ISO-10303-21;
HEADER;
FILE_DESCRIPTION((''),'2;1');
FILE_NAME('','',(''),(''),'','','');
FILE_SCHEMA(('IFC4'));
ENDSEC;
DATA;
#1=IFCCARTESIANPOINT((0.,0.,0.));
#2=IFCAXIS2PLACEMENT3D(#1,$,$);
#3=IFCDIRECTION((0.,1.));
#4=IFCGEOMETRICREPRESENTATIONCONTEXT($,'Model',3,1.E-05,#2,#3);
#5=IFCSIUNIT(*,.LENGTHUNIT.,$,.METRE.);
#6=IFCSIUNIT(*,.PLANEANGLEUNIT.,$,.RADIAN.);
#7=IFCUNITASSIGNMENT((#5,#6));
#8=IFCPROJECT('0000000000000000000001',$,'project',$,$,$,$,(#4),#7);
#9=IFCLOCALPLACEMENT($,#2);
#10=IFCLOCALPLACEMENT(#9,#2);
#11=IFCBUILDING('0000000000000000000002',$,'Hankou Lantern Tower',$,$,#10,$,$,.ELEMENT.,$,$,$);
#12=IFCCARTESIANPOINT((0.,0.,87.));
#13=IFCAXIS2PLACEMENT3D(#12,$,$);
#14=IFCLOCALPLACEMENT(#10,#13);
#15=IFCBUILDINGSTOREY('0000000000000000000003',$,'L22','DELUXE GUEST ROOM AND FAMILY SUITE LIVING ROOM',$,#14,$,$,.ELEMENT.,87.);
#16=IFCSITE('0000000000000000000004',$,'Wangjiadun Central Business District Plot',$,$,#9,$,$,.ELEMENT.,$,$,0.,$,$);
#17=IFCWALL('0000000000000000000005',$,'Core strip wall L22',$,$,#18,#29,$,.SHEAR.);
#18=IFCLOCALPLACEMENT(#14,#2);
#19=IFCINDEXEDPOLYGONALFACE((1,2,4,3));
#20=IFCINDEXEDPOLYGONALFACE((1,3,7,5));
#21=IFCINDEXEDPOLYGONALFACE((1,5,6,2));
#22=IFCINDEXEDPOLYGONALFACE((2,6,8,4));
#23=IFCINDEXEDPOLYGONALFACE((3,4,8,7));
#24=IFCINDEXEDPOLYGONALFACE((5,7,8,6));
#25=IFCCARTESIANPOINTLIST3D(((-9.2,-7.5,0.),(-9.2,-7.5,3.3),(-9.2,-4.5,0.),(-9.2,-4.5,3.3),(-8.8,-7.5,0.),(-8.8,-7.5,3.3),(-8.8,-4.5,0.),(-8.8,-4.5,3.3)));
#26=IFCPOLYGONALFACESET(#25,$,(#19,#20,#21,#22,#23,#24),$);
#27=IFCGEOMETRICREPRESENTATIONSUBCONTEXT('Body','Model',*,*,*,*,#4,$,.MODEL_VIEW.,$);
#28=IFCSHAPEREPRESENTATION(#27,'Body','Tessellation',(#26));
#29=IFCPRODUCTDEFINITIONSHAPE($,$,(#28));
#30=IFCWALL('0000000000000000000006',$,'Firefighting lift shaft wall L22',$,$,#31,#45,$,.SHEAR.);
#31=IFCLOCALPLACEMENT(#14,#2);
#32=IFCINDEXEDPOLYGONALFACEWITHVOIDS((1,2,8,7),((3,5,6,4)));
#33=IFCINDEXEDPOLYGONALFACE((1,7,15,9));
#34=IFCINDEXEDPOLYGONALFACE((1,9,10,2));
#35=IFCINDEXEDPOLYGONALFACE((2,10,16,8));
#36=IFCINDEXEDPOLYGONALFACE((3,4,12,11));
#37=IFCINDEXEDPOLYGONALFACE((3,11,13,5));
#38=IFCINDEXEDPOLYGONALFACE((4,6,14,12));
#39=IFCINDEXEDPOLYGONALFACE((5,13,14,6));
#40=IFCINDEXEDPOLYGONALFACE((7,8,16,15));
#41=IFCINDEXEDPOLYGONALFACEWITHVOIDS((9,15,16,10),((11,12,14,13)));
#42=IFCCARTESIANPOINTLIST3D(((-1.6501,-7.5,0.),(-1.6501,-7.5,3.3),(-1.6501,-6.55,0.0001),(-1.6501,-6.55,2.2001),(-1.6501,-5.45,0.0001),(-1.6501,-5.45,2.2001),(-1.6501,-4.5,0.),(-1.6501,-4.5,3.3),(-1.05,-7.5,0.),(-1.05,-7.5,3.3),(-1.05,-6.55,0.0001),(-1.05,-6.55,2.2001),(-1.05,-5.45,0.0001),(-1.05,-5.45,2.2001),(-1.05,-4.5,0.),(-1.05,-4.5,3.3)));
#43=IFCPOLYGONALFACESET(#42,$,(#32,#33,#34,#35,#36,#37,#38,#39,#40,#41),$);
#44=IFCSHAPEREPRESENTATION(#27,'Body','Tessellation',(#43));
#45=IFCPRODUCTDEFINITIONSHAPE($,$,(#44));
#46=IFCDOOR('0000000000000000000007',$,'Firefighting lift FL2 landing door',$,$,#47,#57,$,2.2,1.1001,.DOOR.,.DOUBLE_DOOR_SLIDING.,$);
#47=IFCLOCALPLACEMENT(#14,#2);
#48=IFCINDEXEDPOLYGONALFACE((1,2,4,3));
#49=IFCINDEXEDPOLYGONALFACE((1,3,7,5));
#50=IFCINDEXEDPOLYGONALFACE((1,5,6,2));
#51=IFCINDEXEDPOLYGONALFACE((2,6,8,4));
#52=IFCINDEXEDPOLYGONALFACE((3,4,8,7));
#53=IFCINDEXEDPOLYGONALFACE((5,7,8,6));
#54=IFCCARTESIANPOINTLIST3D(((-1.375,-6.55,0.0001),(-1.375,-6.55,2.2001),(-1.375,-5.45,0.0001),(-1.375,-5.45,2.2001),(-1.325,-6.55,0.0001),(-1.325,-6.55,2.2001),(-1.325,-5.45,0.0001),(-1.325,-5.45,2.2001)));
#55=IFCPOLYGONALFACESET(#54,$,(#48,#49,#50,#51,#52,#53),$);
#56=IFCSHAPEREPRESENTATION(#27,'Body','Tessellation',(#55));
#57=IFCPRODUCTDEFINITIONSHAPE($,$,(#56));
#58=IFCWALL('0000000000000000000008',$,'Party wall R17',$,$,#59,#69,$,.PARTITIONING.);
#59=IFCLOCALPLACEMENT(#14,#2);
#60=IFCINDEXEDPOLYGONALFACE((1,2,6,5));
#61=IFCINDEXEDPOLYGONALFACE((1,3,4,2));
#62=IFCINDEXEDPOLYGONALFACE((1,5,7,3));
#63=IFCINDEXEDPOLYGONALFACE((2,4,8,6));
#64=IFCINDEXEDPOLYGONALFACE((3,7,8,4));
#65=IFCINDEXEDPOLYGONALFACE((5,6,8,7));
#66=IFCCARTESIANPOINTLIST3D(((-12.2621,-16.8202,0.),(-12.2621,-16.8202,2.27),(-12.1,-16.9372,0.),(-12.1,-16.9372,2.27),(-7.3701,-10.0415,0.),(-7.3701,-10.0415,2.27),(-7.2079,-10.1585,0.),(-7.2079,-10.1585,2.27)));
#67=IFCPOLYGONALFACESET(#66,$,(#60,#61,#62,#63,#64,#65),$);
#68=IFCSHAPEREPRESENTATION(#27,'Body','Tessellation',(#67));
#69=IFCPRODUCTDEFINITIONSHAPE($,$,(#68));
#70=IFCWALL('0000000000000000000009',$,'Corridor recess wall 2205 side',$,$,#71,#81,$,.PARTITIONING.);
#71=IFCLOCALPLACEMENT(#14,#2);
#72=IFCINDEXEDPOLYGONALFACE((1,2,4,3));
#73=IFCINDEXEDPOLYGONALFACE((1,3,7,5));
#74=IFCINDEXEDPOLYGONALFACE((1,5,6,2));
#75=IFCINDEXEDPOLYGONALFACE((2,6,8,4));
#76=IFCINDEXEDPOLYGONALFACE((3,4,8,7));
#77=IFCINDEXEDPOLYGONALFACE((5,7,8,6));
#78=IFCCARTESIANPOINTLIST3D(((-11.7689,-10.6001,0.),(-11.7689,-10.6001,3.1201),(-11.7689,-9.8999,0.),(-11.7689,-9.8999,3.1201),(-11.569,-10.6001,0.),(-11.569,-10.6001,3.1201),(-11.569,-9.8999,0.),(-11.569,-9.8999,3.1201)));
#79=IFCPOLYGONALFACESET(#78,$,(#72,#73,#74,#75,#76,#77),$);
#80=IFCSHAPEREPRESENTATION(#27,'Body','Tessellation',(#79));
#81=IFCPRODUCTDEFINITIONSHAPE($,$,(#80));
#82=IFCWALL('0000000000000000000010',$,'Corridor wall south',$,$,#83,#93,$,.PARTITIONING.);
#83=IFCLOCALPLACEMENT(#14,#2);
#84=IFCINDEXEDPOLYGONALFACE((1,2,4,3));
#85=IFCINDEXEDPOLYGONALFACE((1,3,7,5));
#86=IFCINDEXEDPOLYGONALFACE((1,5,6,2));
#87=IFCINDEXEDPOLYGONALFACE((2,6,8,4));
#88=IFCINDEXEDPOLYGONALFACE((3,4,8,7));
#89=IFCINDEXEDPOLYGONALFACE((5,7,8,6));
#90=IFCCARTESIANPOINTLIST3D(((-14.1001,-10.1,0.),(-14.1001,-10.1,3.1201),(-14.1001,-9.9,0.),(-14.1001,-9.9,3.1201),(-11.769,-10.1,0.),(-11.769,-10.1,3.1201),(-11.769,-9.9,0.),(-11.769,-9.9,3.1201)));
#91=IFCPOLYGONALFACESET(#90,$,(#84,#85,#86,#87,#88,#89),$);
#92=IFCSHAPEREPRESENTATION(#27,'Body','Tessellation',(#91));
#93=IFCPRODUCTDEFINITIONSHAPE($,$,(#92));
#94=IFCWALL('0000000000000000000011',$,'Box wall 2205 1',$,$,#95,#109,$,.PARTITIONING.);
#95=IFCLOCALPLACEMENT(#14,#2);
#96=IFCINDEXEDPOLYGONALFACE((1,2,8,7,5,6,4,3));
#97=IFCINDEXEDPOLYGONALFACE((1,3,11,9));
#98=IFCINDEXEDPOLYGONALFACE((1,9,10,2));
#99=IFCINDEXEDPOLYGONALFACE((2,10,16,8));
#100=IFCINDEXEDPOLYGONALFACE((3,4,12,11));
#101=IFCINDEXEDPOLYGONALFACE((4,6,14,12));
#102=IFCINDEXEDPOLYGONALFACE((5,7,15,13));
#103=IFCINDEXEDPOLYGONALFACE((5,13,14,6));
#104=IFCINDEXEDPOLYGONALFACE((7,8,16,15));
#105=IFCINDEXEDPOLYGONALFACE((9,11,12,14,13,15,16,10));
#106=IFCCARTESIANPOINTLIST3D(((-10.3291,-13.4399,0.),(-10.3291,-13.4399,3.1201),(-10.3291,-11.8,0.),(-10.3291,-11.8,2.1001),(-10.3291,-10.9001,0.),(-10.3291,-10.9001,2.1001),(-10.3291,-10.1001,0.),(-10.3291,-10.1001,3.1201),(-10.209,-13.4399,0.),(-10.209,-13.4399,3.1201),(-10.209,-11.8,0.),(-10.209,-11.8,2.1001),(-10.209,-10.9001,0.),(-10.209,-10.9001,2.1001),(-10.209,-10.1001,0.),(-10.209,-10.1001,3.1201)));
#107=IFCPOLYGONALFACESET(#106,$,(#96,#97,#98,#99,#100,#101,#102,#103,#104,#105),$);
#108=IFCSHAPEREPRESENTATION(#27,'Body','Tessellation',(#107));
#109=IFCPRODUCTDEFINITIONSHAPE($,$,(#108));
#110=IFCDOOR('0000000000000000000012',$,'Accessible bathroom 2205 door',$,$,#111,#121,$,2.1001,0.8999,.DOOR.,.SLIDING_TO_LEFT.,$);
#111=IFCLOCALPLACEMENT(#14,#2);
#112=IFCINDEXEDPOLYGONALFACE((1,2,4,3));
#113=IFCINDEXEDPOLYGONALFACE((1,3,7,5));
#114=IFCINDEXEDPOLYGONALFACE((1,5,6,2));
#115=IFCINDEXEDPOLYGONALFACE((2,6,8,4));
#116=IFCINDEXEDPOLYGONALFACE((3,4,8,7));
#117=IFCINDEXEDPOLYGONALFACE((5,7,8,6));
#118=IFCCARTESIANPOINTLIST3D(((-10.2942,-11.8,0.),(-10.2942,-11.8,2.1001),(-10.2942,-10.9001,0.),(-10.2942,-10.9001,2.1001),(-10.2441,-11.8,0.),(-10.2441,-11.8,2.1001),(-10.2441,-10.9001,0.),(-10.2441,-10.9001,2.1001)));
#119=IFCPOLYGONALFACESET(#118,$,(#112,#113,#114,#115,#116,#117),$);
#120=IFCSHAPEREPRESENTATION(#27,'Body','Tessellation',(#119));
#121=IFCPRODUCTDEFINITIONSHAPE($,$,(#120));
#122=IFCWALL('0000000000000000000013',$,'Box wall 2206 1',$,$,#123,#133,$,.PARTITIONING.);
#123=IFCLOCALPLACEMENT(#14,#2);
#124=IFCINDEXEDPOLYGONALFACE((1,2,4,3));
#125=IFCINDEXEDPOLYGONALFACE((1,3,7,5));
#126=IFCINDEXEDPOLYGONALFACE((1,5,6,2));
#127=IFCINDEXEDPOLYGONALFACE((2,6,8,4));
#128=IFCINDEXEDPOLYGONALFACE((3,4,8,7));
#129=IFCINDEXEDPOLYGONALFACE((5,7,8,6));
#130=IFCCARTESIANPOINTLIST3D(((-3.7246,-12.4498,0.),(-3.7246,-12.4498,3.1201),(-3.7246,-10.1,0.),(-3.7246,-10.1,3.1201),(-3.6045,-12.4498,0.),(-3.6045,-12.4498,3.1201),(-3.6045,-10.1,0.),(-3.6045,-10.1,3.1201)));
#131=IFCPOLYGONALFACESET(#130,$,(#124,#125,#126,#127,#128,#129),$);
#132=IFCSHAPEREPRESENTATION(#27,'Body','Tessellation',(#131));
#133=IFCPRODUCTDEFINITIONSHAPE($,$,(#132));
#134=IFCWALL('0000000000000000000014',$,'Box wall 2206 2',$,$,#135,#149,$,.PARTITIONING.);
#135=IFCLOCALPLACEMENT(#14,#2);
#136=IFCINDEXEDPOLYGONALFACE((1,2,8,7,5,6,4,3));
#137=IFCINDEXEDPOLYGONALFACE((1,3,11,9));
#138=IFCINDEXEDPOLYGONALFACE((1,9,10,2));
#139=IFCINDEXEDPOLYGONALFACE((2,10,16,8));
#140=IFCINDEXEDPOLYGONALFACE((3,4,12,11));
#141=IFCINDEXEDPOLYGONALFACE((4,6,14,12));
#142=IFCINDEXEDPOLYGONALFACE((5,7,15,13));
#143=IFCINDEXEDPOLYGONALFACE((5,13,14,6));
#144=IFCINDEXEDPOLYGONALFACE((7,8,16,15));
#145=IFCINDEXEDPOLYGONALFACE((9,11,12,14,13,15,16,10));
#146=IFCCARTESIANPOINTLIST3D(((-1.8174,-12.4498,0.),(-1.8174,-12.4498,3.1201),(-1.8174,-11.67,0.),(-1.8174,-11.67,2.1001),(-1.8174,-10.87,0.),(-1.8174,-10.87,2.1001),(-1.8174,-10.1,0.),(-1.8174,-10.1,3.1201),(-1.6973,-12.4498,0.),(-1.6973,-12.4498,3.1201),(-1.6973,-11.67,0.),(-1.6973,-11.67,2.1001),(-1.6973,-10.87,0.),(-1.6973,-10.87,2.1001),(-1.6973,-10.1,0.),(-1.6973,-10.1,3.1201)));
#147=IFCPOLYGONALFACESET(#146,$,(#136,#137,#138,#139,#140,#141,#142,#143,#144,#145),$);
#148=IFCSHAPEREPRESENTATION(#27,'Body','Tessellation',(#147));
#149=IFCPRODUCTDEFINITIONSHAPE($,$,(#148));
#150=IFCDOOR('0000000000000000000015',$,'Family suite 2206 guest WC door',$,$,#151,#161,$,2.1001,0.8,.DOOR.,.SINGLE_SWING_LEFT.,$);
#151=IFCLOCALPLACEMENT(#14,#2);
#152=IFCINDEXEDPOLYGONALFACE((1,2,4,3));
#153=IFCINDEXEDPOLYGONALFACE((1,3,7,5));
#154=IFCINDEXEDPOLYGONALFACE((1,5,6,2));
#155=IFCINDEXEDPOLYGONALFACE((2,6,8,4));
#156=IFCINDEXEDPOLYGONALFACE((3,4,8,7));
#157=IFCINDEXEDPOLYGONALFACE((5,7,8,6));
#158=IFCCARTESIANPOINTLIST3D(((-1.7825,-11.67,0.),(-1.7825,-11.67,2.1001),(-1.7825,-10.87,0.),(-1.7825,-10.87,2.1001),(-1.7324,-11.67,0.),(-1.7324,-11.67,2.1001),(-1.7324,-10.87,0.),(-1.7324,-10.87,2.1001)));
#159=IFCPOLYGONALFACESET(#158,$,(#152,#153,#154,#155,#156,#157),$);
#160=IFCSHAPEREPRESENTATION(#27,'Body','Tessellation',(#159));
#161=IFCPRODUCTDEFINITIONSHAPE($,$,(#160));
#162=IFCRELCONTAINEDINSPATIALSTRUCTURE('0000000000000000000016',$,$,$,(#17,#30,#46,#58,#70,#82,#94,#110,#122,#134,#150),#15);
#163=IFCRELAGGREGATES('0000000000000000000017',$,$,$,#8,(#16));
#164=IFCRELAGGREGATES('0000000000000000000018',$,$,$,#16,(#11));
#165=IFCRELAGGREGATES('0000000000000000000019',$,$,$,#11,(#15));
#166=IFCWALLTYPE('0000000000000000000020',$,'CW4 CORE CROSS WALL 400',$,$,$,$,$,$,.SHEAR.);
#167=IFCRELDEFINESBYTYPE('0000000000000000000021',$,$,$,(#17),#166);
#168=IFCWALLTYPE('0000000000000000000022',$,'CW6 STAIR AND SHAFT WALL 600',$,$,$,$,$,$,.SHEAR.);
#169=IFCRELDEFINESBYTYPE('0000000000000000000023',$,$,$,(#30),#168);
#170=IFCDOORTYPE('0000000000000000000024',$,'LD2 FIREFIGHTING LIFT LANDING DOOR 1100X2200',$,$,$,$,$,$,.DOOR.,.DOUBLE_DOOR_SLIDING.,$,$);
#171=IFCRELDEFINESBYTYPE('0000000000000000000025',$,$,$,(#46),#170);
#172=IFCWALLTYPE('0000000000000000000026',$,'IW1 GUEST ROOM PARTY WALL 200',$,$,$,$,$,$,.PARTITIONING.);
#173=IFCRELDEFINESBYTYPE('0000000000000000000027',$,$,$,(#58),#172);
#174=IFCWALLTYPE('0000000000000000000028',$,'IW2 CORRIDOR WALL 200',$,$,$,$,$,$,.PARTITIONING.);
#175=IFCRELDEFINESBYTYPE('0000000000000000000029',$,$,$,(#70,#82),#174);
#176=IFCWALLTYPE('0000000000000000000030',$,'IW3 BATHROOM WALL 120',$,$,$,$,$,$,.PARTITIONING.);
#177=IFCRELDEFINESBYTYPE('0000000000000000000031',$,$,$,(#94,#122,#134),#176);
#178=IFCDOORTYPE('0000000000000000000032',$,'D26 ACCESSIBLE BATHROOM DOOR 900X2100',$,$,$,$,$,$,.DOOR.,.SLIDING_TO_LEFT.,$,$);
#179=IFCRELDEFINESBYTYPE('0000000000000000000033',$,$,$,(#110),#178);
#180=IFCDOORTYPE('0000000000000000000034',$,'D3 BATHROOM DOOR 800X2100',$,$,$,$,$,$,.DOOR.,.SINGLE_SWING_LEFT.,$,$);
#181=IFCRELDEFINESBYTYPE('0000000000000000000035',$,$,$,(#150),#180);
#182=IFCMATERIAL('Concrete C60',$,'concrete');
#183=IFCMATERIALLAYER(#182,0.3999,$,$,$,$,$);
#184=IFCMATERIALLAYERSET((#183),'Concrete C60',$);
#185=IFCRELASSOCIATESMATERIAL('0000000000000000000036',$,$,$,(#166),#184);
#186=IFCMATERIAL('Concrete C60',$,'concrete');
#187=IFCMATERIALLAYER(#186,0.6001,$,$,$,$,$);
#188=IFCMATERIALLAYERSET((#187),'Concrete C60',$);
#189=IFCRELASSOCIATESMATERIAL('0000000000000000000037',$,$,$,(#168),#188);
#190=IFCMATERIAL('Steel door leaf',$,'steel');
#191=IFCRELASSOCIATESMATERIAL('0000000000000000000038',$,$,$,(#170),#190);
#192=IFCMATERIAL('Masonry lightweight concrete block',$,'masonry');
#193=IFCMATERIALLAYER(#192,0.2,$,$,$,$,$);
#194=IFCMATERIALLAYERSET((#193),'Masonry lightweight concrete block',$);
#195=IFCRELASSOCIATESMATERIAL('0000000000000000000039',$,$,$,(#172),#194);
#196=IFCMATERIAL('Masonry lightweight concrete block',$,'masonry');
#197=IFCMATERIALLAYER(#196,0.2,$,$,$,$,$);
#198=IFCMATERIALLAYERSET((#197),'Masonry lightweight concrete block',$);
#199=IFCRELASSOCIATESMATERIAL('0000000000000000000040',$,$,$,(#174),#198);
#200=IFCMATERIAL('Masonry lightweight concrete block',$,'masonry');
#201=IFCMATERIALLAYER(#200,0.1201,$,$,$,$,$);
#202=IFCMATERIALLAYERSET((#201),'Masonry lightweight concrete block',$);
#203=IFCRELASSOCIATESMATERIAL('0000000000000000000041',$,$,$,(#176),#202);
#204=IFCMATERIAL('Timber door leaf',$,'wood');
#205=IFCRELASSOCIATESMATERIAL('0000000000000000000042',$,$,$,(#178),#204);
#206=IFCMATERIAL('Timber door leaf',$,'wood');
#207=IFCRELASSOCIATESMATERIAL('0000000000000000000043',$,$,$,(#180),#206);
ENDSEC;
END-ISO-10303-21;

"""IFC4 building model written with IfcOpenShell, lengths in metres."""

from ifc_helpers import new_model, si_unit, direction, frame, frame_2d, origin, place, context, subcontext, project, spatial, rectangle, extrude, material, layer, layer_set, type_object, element, fill, save


model = new_model("IFC4")

# Units and contexts
model_context = context("Model", 3, precision=1e-05, world=origin(), true_north=direction((0.0, 1.0)))
body_context = subcontext(model_context, "Body", "Model", "MODEL_VIEW")
ifc_project = project(units=[si_unit("LENGTHUNIT", "METRE"), si_unit("PLANEANGLEUNIT", "RADIAN")], contexts=[model_context])

# Site, building, storey
site_placement = place(None, origin())
site = spatial("IfcSite", under=ifc_project, at=site_placement, Name="Wangjiadun Central Business District Plot", CompositionType="ELEMENT", RefElevation=0.0)
building_placement = place(site_placement, origin())
building = spatial("IfcBuilding", under=site, at=building_placement, Name="Hankou Lantern Tower", CompositionType="ELEMENT")
storey_placement = place(building_placement, frame((0.0, 0.0, 87.0)))
storey = spatial("IfcBuildingStorey", under=building, at=storey_placement, Name="L22", Description="DELUXE GUEST ROOM AND FAMILY SUITE LIVING ROOM", CompositionType="ELEMENT", Elevation=87.0)

# Wall
ifc_material_1 = material(Name="Concrete C60", Category="concrete")
ifc_layer_1 = layer(ifc_material_1, 0.3999)
ifc_layer_set_1 = layer_set([ifc_layer_1], Name="Concrete C60")
wall_type_1 = type_object("IfcWallType", Name="CW4 CORE CROSS WALL 400", PredefinedType="SHEAR", material=ifc_layer_set_1)
wall_1_placement = place(storey_placement, frame((-9.0, -7.5, 0.0), z_axis=(0.0, 0.0, 1.0), x_axis=(0.0, 1.0, 0.0)))
element("IfcWall", 1, at=wall_1_placement, inside=storey, type_object=wall_type_1, Name="Core strip wall L22", PredefinedType="SHEAR", context=body_context, shape_type="SweptSolid", body=[
    extrude(rectangle(XDim=3.0, YDim=0.3999, at=frame_2d((1.5, 0.0))), origin(), (0.0, 0.0, 1.0), 3.3),
])

# Wall, opening, door
ifc_material_2 = material(Name="Concrete C60", Category="concrete")
ifc_layer_2 = layer(ifc_material_2, 0.6001)
ifc_layer_set_2 = layer_set([ifc_layer_2], Name="Concrete C60")
wall_type_2 = type_object("IfcWallType", Name="CW6 STAIR AND SHAFT WALL 600", PredefinedType="SHEAR", material=ifc_layer_set_2)
wall_2_placement = place(storey_placement, frame((-1.3501, -7.5, 0.0), z_axis=(0.0, 0.0, 1.0), x_axis=(0.0, 1.0, 0.0)))
wall_2 = element("IfcWall", 2, at=wall_2_placement, inside=storey, type_object=wall_type_2, Name="Firefighting lift shaft wall L22", PredefinedType="SHEAR", context=body_context, shape_type="SweptSolid", body=[
    extrude(rectangle(XDim=3.0, YDim=0.6001, at=frame_2d((1.5, 0.0))), origin(), (0.0, 0.0, 1.0), 3.3),
])
opening_1_placement = place(wall_2_placement, frame((0.95, 0.0, 0.0)))
opening_1 = element("IfcOpeningElement", 3, at=opening_1_placement, cuts=wall_2, PredefinedType="OPENING", context=body_context, shape_type="SweptSolid", body=[
    extrude(rectangle(XDim=1.1001, YDim=2.2, at=frame_2d((0.55, 1.1001))), frame((0.0, 0.3101, 0.0), z_axis=(0.0, -1.0, 0.0), x_axis=(1.0, 0.0, 0.0)), (0.0, 0.0, 1.0), 0.6201),
])
ifc_material_3 = material(Name="Steel door leaf", Category="steel")
door_type_1 = type_object("IfcDoorType", Name="LD2 FIREFIGHTING LIFT LANDING DOOR 1100X2200", OperationType="DOUBLE_DOOR_SLIDING", PredefinedType="DOOR", material=ifc_material_3)
door_1_placement = place(opening_1_placement, origin())
door_1 = element("IfcDoor", 4, at=door_1_placement, inside=storey, type_object=door_type_1, Name="Firefighting lift FL2 landing door", OperationType="DOUBLE_DOOR_SLIDING", OverallHeight=2.2, OverallWidth=1.1001, PredefinedType="DOOR", context=body_context, shape_type="SweptSolid", body=[
    extrude(rectangle(XDim=1.1001, YDim=2.2, at=frame_2d((0.55, 1.1001))), frame((0.0, 0.0249, 0.0), z_axis=(0.0, -1.0, 0.0), x_axis=(1.0, 0.0, 0.0)), (0.0, 0.0, 1.0), 0.05),
])
fill(opening_1, door_1)

# Walls
ifc_material_4 = material(Name="Masonry lightweight concrete block", Category="masonry")
ifc_layer_3 = layer(ifc_material_4, 0.2)
ifc_layer_set_3 = layer_set([ifc_layer_3], Name="Masonry lightweight concrete block")
wall_type_3 = type_object("IfcWallType", Name="IW1 GUEST ROOM PARTY WALL 200", PredefinedType="PARTITIONING", material=ifc_layer_set_3)
wall_3_placement = place(storey_placement, frame((-7.2891, -10.1001, 0.0), z_axis=(0.0, 0.0, 1.0), x_axis=(-0.585198, -0.81089, 0.0)))
element("IfcWall", 5, at=wall_3_placement, inside=storey, type_object=wall_type_3, Name="Party wall R17", PredefinedType="PARTITIONING", context=body_context, shape_type="SweptSolid", body=[
    extrude(rectangle(XDim=8.3596, YDim=0.2, at=frame_2d((4.1797, 0.0))), origin(), (0.0, 0.0, 1.0), 2.27),
])
ifc_material_5 = material(Name="Masonry lightweight concrete block", Category="masonry")
ifc_layer_4 = layer(ifc_material_5, 0.2)
ifc_layer_set_4 = layer_set([ifc_layer_4], Name="Masonry lightweight concrete block")
wall_type_4 = type_object("IfcWallType", Name="IW2 CORRIDOR WALL 200", PredefinedType="PARTITIONING", material=ifc_layer_set_4)
wall_4_placement = place(storey_placement, frame((-11.6689, -9.8999, 0.0), z_axis=(0.0, 0.0, 1.0), x_axis=(0.0, -1.0, 0.0)))
element("IfcWall", 6, at=wall_4_placement, inside=storey, type_object=wall_type_4, Name="Corridor recess wall 2205 side", PredefinedType="PARTITIONING", context=body_context, shape_type="SweptSolid", body=[
    extrude(rectangle(XDim=0.7002, YDim=0.2, at=frame_2d((0.3501, 0.0))), origin(), (0.0, 0.0, 1.0), 3.1201),
])
wall_5_placement = place(storey_placement, frame((-11.769, -10.0, 0.0), z_axis=(0.0, 0.0, 1.0), x_axis=(-1.0, 0.0, 0.0)))
element("IfcWall", 7, at=wall_5_placement, inside=storey, type_object=wall_type_4, Name="Corridor wall south", PredefinedType="PARTITIONING", context=body_context, shape_type="SweptSolid", body=[
    extrude(rectangle(XDim=2.3311, YDim=0.2, at=frame_2d((1.1655, 0.0))), origin(), (0.0, 0.0, 1.0), 3.1201),
])

# Wall, opening, door
ifc_material_6 = material(Name="Masonry lightweight concrete block", Category="masonry")
ifc_layer_5 = layer(ifc_material_6, 0.1201)
ifc_layer_set_5 = layer_set([ifc_layer_5], Name="Masonry lightweight concrete block")
wall_type_5 = type_object("IfcWallType", Name="IW3 BATHROOM WALL 120", PredefinedType="PARTITIONING", material=ifc_layer_set_5)
wall_6_placement = place(storey_placement, frame((-10.269, -10.1001, 0.0), z_axis=(0.0, 0.0, 1.0), x_axis=(0.0, -1.0, 0.0)))
wall_6 = element("IfcWall", 8, at=wall_6_placement, inside=storey, type_object=wall_type_5, Name="Box wall 2205 1", PredefinedType="PARTITIONING", context=body_context, shape_type="SweptSolid", body=[
    extrude(rectangle(XDim=3.3398, YDim=0.1201, at=frame_2d((1.6699, 0.0))), origin(), (0.0, 0.0, 1.0), 3.1201),
])
opening_2_placement = place(wall_6_placement, frame((0.8, 0.0, 0.0)))
opening_2 = element("IfcOpeningElement", 9, at=opening_2_placement, cuts=wall_6, PredefinedType="OPENING", context=body_context, shape_type="SweptSolid", body=[
    extrude(rectangle(XDim=0.8999, YDim=2.1001, at=frame_2d((0.45, 1.05))), frame((0.0, 0.0701, 0.0), z_axis=(0.0, -1.0, 0.0), x_axis=(1.0, 0.0, 0.0)), (0.0, 0.0, 1.0), 0.1401),
])
ifc_material_7 = material(Name="Timber door leaf", Category="wood")
door_type_2 = type_object("IfcDoorType", Name="D26 ACCESSIBLE BATHROOM DOOR 900X2100", OperationType="SLIDING_TO_LEFT", PredefinedType="DOOR", material=ifc_material_7)
door_2_placement = place(opening_2_placement, origin())
door_2 = element("IfcDoor", 10, at=door_2_placement, inside=storey, type_object=door_type_2, Name="Accessible bathroom 2205 door", OperationType="SLIDING_TO_LEFT", OverallHeight=2.1001, OverallWidth=0.8999, PredefinedType="DOOR", context=body_context, shape_type="SweptSolid", body=[
    extrude(rectangle(XDim=0.8999, YDim=2.1001, at=frame_2d((0.45, 1.05))), frame((0.0, 0.0249, 0.0), z_axis=(0.0, -1.0, 0.0), x_axis=(1.0, 0.0, 0.0)), (0.0, 0.0, 1.0), 0.05),
])
fill(opening_2, door_2)

# Wall
wall_7_placement = place(storey_placement, frame((-3.6646, -10.1001, 0.0), z_axis=(0.0, 0.0, 1.0), x_axis=(0.0, -1.0, 0.0)))
element("IfcWall", 11, at=wall_7_placement, inside=storey, type_object=wall_type_5, Name="Box wall 2206 1", PredefinedType="PARTITIONING", context=body_context, shape_type="SweptSolid", body=[
    extrude(rectangle(XDim=2.3499, YDim=0.1201, at=frame_2d((1.1748, 0.0))), origin(), (0.0, 0.0, 1.0), 3.1201),
])

# Wall, opening, door
wall_8_placement = place(storey_placement, frame((-1.7573, -10.1001, 0.0), z_axis=(0.0, 0.0, 1.0), x_axis=(0.0, -1.0, 0.0)))
wall_8 = element("IfcWall", 12, at=wall_8_placement, inside=storey, type_object=wall_type_5, Name="Box wall 2206 2", PredefinedType="PARTITIONING", context=body_context, shape_type="SweptSolid", body=[
    extrude(rectangle(XDim=2.3499, YDim=0.1201, at=frame_2d((1.1748, 0.0))), origin(), (0.0, 0.0, 1.0), 3.1201),
])
opening_3_placement = place(wall_8_placement, frame((0.77, 0.0, 0.0)))
opening_3 = element("IfcOpeningElement", 13, at=opening_3_placement, cuts=wall_8, PredefinedType="OPENING", context=body_context, shape_type="SweptSolid", body=[
    extrude(rectangle(XDim=0.8, YDim=2.1001, at=frame_2d((0.3999, 1.05))), frame((0.0, 0.0701, 0.0), z_axis=(0.0, -1.0, 0.0), x_axis=(1.0, 0.0, 0.0)), (0.0, 0.0, 1.0), 0.1401),
])
ifc_material_8 = material(Name="Timber door leaf", Category="wood")
door_type_3 = type_object("IfcDoorType", Name="D3 BATHROOM DOOR 800X2100", OperationType="SINGLE_SWING_LEFT", PredefinedType="DOOR", material=ifc_material_8)
door_3_placement = place(opening_3_placement, origin())
door_3 = element("IfcDoor", 14, at=door_3_placement, inside=storey, type_object=door_type_3, Name="Family suite 2206 guest WC door", OperationType="SINGLE_SWING_LEFT", OverallHeight=2.1001, OverallWidth=0.8, PredefinedType="DOOR", context=body_context, shape_type="SweptSolid", body=[
    extrude(rectangle(XDim=0.8, YDim=2.1001, at=frame_2d((0.3999, 1.05))), frame((0.0, 0.0249, 0.0), z_axis=(0.0, -1.0, 0.0), x_axis=(1.0, 0.0, 0.0)), (0.0, 0.0, 1.0), 0.05),
])
fill(opening_3, door_3)

save(model, "model.ifc")
